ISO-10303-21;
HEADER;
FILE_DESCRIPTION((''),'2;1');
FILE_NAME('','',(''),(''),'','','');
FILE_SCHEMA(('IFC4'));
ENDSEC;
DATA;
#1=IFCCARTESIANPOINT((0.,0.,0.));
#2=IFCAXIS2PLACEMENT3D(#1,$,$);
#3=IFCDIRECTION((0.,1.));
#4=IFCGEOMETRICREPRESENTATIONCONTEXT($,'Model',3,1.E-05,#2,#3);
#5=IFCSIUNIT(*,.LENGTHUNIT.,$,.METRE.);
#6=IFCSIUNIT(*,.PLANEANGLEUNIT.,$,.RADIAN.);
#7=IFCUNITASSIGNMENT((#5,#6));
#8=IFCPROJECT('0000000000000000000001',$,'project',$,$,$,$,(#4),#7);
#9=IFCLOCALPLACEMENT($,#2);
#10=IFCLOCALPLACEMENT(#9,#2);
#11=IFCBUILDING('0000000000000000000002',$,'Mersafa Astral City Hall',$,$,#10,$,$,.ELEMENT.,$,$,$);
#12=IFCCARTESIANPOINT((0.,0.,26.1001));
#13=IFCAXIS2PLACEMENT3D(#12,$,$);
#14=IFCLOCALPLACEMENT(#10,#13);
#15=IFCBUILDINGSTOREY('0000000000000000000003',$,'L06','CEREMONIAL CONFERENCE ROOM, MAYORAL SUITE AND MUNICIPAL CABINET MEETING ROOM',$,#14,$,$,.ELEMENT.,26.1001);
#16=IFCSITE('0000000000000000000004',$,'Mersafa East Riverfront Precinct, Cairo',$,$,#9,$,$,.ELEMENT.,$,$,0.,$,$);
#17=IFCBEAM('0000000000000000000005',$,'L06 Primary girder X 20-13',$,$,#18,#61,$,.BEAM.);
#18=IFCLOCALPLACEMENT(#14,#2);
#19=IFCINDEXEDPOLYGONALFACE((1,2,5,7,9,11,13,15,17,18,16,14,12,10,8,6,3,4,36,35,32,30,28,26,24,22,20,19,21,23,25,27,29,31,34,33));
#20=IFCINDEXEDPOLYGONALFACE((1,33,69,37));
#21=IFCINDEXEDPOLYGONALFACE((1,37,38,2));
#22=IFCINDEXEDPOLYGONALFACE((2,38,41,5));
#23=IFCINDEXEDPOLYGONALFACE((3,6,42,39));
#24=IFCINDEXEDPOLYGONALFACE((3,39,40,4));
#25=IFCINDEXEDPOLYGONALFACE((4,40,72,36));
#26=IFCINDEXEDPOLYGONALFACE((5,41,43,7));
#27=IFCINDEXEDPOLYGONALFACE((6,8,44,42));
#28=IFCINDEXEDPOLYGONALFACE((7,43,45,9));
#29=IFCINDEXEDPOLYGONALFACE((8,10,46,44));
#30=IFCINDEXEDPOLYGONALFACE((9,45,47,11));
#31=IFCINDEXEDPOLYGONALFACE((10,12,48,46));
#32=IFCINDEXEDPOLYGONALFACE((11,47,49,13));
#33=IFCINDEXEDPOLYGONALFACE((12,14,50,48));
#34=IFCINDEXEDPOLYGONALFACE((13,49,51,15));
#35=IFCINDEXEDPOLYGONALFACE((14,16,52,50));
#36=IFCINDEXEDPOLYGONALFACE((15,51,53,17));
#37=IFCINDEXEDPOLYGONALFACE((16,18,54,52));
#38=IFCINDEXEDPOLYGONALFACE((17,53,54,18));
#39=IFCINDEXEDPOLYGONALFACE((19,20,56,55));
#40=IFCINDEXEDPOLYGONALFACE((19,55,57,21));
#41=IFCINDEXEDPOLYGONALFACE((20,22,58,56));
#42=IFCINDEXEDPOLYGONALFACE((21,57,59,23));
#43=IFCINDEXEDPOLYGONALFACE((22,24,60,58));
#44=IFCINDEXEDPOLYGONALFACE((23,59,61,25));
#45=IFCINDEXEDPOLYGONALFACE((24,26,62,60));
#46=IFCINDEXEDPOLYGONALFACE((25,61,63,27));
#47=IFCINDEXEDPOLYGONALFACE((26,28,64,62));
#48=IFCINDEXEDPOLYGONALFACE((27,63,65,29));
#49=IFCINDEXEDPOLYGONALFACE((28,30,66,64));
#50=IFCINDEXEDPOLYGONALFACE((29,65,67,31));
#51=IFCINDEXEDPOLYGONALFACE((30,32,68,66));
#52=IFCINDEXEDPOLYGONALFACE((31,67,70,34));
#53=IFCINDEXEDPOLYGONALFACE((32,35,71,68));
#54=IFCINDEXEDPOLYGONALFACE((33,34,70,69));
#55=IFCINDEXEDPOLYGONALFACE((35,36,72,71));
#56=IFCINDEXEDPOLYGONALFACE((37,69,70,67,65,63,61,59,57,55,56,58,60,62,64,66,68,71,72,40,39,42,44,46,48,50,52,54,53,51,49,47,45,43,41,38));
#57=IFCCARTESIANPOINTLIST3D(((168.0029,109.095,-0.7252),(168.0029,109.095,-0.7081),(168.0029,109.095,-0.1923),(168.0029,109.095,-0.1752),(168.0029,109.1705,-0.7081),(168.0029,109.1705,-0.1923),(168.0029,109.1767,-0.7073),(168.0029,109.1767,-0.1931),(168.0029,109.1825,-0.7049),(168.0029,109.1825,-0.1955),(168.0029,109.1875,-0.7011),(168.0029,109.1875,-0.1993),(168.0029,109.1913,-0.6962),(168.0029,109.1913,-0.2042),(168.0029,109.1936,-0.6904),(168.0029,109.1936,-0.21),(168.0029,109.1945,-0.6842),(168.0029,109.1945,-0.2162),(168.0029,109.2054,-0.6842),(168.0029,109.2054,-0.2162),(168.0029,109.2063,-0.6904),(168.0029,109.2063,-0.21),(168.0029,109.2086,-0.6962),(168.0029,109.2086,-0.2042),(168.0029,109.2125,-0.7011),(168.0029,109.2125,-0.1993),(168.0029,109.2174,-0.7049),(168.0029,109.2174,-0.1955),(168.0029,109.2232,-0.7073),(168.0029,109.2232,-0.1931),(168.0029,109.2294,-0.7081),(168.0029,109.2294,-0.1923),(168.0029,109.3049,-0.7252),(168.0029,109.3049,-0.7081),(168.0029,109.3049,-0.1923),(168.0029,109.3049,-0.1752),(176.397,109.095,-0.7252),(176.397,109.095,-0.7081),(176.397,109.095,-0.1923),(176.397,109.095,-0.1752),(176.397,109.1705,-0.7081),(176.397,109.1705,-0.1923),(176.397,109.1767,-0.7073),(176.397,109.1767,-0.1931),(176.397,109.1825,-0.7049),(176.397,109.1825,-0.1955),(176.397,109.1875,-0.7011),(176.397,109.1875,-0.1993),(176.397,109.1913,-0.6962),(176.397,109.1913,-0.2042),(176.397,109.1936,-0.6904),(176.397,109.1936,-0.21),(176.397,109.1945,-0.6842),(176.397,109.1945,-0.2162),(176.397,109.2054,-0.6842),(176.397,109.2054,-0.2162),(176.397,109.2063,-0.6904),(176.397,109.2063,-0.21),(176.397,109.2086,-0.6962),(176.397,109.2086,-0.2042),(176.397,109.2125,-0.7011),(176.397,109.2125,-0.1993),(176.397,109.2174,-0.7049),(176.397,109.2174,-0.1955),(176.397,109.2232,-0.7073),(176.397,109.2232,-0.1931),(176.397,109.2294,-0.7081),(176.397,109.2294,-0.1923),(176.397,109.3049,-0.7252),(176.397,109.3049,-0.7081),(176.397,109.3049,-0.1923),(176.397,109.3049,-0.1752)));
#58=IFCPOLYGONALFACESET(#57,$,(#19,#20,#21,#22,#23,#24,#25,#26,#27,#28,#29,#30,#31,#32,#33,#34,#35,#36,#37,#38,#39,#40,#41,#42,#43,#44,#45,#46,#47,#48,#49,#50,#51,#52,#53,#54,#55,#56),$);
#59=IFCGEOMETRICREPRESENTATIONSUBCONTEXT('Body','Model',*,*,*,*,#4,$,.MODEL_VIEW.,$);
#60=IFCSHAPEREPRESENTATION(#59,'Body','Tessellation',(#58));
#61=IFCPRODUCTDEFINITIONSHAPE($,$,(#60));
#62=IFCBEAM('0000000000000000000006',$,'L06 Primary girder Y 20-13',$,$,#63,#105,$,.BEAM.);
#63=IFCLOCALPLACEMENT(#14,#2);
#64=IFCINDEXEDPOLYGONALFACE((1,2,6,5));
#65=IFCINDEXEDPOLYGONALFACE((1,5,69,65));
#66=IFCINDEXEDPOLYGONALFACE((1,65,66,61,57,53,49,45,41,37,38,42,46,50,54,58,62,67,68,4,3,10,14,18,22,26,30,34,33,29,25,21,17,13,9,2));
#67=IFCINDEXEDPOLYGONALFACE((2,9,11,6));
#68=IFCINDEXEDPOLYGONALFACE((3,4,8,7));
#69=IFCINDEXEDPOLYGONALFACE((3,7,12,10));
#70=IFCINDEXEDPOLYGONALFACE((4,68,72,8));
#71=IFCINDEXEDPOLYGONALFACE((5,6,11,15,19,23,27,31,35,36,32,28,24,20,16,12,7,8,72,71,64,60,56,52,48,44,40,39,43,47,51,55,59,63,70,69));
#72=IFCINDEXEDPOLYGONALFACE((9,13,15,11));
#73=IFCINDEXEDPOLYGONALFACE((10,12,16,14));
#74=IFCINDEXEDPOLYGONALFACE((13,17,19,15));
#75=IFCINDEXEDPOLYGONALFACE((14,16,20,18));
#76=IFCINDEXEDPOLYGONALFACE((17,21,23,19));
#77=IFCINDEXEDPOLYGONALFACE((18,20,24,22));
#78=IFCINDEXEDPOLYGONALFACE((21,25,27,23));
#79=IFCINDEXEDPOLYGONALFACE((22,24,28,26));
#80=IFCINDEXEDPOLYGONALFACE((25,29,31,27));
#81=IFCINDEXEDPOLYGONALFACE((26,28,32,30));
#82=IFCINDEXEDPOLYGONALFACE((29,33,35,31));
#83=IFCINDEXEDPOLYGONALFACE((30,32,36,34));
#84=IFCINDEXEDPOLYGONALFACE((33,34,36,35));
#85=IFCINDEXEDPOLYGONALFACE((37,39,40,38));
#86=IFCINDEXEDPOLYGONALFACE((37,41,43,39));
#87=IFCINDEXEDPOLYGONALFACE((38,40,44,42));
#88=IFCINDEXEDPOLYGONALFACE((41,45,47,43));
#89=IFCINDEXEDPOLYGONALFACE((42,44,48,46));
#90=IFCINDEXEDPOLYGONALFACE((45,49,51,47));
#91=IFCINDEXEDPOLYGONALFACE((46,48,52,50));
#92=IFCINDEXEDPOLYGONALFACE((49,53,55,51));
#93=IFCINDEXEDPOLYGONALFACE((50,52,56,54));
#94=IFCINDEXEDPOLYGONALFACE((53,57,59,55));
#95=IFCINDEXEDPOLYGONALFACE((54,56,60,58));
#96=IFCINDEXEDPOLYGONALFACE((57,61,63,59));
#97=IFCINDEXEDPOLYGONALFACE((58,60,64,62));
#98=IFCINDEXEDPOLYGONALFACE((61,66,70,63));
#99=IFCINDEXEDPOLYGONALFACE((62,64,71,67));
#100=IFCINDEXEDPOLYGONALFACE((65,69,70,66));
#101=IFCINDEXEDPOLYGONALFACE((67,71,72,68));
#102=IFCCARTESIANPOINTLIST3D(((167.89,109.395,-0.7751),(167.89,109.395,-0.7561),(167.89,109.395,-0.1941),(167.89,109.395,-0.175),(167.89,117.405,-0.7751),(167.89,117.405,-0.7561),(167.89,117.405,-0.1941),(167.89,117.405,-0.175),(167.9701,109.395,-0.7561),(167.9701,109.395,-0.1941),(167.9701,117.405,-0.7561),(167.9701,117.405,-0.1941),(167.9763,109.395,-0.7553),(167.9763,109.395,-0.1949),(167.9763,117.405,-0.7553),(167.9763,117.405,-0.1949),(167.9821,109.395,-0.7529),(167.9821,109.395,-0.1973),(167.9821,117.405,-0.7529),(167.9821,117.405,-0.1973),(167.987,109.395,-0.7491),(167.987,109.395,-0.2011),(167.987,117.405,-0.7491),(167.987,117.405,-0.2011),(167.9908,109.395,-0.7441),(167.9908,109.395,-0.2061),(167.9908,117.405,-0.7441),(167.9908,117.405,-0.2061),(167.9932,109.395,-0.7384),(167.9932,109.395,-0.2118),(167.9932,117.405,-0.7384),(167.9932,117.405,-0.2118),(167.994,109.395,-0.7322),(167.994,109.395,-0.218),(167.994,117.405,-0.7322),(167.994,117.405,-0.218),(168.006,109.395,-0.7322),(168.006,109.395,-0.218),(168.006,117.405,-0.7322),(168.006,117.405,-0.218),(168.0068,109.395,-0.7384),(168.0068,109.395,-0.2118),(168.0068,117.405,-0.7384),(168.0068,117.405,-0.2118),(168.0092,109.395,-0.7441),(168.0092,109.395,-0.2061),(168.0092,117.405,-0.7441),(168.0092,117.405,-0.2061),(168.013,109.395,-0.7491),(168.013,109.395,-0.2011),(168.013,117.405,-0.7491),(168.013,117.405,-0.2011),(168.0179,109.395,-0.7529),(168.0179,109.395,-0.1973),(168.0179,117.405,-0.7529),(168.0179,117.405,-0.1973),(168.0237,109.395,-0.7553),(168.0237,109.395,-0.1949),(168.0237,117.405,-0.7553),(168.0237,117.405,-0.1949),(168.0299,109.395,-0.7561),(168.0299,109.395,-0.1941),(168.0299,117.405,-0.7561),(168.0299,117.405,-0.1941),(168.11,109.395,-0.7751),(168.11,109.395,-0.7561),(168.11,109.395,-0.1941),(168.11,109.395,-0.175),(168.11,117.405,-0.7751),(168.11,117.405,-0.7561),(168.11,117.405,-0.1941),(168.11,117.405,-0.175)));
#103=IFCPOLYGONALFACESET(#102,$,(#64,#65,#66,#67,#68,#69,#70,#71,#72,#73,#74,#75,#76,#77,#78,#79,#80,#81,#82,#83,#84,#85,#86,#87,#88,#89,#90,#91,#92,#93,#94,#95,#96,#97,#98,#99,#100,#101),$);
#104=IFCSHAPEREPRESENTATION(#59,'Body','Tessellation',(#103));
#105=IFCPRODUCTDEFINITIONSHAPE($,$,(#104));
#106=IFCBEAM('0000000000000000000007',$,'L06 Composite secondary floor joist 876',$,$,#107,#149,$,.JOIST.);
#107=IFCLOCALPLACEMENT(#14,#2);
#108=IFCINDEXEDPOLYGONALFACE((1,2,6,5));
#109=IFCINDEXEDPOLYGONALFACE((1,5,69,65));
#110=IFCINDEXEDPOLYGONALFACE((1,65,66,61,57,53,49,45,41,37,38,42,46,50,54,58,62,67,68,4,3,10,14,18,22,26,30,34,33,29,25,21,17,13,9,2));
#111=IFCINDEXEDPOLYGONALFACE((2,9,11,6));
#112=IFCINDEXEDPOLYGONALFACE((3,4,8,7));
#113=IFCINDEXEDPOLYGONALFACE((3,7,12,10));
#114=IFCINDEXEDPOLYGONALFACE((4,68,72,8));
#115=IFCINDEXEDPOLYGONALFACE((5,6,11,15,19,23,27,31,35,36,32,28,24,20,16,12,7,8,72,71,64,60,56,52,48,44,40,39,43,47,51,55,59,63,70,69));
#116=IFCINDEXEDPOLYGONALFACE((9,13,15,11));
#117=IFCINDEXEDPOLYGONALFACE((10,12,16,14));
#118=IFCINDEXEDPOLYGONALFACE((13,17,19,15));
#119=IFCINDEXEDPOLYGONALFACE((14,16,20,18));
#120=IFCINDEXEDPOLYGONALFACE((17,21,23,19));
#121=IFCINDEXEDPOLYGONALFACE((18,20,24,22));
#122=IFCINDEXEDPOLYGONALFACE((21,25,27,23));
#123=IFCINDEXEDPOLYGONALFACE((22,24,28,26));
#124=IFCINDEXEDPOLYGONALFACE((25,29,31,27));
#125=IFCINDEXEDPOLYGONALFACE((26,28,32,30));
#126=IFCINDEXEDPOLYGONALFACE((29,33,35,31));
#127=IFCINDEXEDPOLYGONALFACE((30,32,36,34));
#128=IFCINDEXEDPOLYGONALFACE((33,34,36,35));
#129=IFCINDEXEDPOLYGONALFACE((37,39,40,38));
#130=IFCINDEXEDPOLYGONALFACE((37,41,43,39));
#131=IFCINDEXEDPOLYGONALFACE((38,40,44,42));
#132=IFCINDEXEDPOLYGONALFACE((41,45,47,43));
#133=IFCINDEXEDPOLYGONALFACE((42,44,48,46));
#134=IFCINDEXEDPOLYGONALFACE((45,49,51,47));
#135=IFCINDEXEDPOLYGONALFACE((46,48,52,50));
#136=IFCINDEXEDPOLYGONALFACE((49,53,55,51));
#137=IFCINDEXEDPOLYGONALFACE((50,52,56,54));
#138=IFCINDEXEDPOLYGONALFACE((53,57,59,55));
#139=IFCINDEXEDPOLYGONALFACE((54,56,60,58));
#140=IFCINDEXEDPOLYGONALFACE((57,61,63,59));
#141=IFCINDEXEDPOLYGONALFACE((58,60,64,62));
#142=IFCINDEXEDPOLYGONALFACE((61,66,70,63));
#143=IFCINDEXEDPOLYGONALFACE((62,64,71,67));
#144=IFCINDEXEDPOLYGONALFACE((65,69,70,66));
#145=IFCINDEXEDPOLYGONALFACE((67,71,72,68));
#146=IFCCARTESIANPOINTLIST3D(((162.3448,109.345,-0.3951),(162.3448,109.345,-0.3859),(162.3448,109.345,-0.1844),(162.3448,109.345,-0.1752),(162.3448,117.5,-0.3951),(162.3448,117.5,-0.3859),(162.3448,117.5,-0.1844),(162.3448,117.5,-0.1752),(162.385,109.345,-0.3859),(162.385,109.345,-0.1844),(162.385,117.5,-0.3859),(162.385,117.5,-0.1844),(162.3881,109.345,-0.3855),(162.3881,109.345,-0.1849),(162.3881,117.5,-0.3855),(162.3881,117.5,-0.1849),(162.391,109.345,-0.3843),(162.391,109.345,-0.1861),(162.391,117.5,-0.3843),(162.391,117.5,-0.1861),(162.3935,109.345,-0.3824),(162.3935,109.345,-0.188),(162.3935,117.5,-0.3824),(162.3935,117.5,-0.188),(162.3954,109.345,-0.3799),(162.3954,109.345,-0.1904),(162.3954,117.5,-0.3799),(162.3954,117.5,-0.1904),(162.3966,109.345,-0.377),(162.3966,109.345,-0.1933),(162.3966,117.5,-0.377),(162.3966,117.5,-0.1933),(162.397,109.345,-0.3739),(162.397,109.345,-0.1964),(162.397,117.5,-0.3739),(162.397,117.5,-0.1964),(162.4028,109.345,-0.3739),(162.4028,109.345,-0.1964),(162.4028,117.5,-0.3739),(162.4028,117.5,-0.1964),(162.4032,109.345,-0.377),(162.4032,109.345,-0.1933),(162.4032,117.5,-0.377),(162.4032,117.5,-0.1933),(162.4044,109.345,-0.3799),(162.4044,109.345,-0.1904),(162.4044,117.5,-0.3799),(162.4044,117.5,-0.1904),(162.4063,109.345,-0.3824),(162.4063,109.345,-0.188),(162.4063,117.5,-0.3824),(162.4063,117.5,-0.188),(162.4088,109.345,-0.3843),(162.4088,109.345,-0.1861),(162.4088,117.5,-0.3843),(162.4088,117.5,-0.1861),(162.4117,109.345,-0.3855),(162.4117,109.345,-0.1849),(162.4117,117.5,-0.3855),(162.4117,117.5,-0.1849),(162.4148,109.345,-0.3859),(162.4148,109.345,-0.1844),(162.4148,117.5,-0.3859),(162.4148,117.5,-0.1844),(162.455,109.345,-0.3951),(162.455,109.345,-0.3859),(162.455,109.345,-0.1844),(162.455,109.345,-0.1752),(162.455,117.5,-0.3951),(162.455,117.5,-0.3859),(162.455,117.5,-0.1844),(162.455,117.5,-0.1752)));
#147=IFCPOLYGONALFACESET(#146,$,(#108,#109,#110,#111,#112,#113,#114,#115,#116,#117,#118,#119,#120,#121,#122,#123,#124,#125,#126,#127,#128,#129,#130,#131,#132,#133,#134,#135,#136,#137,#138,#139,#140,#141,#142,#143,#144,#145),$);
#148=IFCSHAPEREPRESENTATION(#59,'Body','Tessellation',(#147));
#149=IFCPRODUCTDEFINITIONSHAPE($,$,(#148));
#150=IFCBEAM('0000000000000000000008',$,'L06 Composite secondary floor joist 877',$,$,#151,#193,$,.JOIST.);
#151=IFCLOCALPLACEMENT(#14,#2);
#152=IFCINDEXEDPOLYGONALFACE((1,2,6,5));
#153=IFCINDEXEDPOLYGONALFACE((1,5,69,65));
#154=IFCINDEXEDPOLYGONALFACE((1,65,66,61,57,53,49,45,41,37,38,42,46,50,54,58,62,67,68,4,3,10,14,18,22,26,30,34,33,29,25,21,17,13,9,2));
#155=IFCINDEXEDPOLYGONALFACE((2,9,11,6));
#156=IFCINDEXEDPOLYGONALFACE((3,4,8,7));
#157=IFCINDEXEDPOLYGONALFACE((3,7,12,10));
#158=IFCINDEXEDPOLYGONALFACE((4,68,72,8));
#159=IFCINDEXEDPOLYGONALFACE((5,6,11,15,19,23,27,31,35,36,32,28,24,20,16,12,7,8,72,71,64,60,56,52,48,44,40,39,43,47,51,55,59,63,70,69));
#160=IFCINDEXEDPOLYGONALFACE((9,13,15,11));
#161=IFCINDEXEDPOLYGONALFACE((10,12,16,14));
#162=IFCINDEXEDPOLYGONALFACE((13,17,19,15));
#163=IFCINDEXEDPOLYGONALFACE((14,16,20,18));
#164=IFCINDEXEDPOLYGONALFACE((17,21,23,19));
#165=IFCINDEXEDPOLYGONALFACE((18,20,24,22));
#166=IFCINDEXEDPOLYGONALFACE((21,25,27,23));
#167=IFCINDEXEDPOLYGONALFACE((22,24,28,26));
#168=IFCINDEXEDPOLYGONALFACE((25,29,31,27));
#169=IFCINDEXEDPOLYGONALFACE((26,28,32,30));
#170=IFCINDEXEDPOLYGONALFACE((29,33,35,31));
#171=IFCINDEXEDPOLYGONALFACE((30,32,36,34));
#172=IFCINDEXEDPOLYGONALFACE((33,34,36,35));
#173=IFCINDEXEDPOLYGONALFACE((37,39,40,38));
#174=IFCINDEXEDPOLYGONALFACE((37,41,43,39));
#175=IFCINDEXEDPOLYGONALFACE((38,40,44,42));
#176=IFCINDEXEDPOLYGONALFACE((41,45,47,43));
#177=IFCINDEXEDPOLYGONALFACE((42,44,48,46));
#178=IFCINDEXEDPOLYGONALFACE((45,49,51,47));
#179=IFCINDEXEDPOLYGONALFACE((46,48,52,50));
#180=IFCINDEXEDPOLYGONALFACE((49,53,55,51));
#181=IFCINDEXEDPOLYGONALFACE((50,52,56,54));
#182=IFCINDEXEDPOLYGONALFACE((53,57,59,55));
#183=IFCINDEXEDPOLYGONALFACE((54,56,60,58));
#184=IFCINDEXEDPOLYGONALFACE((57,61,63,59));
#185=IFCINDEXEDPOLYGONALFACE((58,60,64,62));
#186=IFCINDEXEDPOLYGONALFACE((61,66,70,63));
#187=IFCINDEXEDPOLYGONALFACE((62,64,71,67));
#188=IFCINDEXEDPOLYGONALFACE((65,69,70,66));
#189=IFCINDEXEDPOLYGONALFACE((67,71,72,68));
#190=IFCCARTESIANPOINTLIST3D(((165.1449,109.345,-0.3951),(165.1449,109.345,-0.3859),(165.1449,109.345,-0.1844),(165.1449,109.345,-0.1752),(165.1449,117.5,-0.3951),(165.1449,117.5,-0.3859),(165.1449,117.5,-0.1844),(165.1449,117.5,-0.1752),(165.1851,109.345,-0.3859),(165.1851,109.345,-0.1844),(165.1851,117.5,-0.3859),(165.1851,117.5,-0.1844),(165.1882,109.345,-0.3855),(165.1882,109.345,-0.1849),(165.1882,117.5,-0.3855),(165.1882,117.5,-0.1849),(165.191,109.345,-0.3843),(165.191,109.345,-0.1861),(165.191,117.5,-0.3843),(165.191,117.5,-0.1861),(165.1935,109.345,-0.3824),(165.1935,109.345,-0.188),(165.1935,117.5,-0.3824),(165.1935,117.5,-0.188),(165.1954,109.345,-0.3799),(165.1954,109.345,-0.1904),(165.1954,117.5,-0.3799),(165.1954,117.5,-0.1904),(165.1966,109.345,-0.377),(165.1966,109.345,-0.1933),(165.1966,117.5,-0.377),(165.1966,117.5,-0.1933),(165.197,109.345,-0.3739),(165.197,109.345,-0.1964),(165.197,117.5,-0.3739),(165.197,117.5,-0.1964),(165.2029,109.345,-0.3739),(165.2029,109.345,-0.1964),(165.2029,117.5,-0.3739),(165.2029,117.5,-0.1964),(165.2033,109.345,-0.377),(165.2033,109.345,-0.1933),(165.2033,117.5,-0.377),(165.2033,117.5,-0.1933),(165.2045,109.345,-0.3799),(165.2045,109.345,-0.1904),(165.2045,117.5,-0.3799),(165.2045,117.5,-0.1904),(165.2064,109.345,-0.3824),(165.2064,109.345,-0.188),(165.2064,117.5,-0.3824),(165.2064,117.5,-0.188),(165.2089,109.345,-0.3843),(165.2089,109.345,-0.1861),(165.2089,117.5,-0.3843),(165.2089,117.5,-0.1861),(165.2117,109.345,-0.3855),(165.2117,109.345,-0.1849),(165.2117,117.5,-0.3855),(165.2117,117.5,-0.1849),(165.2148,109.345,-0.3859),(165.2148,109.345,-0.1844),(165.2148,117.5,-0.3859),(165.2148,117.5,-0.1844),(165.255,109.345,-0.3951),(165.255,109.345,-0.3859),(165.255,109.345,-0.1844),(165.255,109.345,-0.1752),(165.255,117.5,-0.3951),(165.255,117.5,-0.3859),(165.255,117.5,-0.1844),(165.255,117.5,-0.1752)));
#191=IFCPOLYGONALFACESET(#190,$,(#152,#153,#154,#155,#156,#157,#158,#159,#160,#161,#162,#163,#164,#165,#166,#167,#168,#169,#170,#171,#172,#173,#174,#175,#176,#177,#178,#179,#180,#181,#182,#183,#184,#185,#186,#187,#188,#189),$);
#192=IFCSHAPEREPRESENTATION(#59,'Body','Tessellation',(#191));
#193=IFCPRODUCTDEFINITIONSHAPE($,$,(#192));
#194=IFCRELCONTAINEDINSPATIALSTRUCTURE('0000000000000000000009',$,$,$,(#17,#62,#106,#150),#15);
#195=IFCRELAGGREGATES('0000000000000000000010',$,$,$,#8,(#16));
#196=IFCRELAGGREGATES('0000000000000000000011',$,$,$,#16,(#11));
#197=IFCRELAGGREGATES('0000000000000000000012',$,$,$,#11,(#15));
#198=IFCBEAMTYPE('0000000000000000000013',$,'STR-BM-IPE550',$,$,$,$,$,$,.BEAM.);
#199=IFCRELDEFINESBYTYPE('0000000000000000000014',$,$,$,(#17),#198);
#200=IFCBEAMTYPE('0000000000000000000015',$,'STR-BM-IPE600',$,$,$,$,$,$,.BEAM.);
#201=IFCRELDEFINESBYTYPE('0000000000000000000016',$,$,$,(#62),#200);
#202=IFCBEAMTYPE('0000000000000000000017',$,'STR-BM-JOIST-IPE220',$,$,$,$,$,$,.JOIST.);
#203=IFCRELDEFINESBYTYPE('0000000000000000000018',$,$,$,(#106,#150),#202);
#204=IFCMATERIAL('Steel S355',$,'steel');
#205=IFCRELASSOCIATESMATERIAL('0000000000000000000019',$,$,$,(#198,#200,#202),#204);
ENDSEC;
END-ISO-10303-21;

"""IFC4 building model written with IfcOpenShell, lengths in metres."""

from ifc_helpers import new_model, si_unit, direction, frame, origin, origin_2d, place, context, subcontext, project, spatial, i_section, extrude, material, material_profile, profile_set, type_object, element, save


model = new_model("IFC4")

# Units and contexts
model_context = context("Model", 3, precision=1e-05, world=origin(), true_north=direction((0.0, 1.0)))
body_context = subcontext(model_context, "Body", "Model", "MODEL_VIEW")
ifc_project = project(units=[si_unit("LENGTHUNIT", "METRE"), si_unit("PLANEANGLEUNIT", "RADIAN")], contexts=[model_context])

# Site, building, storey
site_placement = place(None, origin())
site = spatial("IfcSite", under=ifc_project, at=site_placement, Name="Mersafa East Riverfront Precinct, Cairo", CompositionType="ELEMENT", RefElevation=0.0)
building_placement = place(site_placement, origin())
building = spatial("IfcBuilding", under=site, at=building_placement, Name="Mersafa Astral City Hall", CompositionType="ELEMENT")
storey_placement = place(building_placement, frame((0.0, 0.0, 26.1001)))
storey = spatial("IfcBuildingStorey", under=building, at=storey_placement, Name="L06", Description="CEREMONIAL CONFERENCE ROOM, MAYORAL SUITE AND MUNICIPAL CABINET MEETING ROOM", CompositionType="ELEMENT", Elevation=26.1001)

# Shared definitions
ifc_material_1 = material(Name="Steel S355", Category="steel")

# Beams
ifc_material_profile_1 = material_profile(ifc_material_1, i_section(OverallWidth=0.21, OverallDepth=0.55, WebThickness=0.011, FlangeThickness=0.0171, FilletRadius=0.0239, at=origin_2d()), Name="IPE 550")
ifc_profile_set_1 = profile_set([ifc_material_profile_1], Name="Steel S355")
beam_type_1 = type_object("IfcBeamType", Name="STR-BM-IPE550", PredefinedType="BEAM", material=ifc_profile_set_1)
beam_1_placement = place(storey_placement, frame((168.0029, 109.2, -0.4502), z_axis=(1.0, 0.0, 0.0), x_axis=(0.0, 1.0, 0.0)))
element("IfcBeam", 1, at=beam_1_placement, inside=storey, type_object=beam_type_1, Name="L06 Primary girder X 20-13", PredefinedType="BEAM", context=body_context, shape_type="SweptSolid", body=[
    extrude(i_section(OverallWidth=0.21, OverallDepth=0.55, WebThickness=0.011, FlangeThickness=0.0171, FilletRadius=0.0239, at=origin_2d()), origin(), (0.0, 0.0, 1.0), 8.394),
])
ifc_material_profile_2 = material_profile(ifc_material_1, i_section(OverallWidth=0.22, OverallDepth=0.6001, WebThickness=0.012, FlangeThickness=0.019, FilletRadius=0.0239, at=origin_2d()), Name="IPE 600")
ifc_profile_set_2 = profile_set([ifc_material_profile_2], Name="Steel S355")
beam_type_2 = type_object("IfcBeamType", Name="STR-BM-IPE600", PredefinedType="BEAM", material=ifc_profile_set_2)
beam_2_placement = place(storey_placement, frame((168.0, 109.395, -0.4751), z_axis=(0.0, 1.0, 0.0), x_axis=(-1.0, 0.0, 0.0)))
element("IfcBeam", 2, at=beam_2_placement, inside=storey, type_object=beam_type_2, Name="L06 Primary girder Y 20-13", PredefinedType="BEAM", context=body_context, shape_type="SweptSolid", body=[
    extrude(i_section(OverallWidth=0.22, OverallDepth=0.6001, WebThickness=0.012, FlangeThickness=0.019, FilletRadius=0.0239, at=origin_2d()), origin(), (0.0, 0.0, 1.0), 8.01),
])
ifc_material_profile_3 = material_profile(ifc_material_1, i_section(OverallWidth=0.1101, OverallDepth=0.22, WebThickness=0.0059, FlangeThickness=0.0093, FilletRadius=0.012, at=origin_2d()), Name="IPE 220")
ifc_profile_set_3 = profile_set([ifc_material_profile_3], Name="Steel S355")
beam_type_3 = type_object("IfcBeamType", Name="STR-BM-JOIST-IPE220", PredefinedType="JOIST", material=ifc_profile_set_3)
for number, where, z_axis, x_axis, name in (
    (3, (162.3999, 109.345, -0.2852), (0.0, 1.0, 0.0), (-1.0, 0.0, 0.0), "L06 Composite secondary floor joist 876"),
    (4, (165.2, 109.345, -0.2852), (0.0, 1.0, 0.0), (-1.0, 0.0, 0.0), "L06 Composite secondary floor joist 877"),
):
    element("IfcBeam", number, at=place(storey_placement, frame(where, z_axis=z_axis, x_axis=x_axis)), inside=storey, type_object=beam_type_3, Name=name, PredefinedType="JOIST", context=body_context, shape_type="SweptSolid", body=[
        extrude(i_section(OverallWidth=0.1101, OverallDepth=0.22, WebThickness=0.0059, FlangeThickness=0.0093, FilletRadius=0.012, at=origin_2d()), origin(), (0.0, 0.0, 1.0), 8.155),
    ])

save(model, "model.ifc")
